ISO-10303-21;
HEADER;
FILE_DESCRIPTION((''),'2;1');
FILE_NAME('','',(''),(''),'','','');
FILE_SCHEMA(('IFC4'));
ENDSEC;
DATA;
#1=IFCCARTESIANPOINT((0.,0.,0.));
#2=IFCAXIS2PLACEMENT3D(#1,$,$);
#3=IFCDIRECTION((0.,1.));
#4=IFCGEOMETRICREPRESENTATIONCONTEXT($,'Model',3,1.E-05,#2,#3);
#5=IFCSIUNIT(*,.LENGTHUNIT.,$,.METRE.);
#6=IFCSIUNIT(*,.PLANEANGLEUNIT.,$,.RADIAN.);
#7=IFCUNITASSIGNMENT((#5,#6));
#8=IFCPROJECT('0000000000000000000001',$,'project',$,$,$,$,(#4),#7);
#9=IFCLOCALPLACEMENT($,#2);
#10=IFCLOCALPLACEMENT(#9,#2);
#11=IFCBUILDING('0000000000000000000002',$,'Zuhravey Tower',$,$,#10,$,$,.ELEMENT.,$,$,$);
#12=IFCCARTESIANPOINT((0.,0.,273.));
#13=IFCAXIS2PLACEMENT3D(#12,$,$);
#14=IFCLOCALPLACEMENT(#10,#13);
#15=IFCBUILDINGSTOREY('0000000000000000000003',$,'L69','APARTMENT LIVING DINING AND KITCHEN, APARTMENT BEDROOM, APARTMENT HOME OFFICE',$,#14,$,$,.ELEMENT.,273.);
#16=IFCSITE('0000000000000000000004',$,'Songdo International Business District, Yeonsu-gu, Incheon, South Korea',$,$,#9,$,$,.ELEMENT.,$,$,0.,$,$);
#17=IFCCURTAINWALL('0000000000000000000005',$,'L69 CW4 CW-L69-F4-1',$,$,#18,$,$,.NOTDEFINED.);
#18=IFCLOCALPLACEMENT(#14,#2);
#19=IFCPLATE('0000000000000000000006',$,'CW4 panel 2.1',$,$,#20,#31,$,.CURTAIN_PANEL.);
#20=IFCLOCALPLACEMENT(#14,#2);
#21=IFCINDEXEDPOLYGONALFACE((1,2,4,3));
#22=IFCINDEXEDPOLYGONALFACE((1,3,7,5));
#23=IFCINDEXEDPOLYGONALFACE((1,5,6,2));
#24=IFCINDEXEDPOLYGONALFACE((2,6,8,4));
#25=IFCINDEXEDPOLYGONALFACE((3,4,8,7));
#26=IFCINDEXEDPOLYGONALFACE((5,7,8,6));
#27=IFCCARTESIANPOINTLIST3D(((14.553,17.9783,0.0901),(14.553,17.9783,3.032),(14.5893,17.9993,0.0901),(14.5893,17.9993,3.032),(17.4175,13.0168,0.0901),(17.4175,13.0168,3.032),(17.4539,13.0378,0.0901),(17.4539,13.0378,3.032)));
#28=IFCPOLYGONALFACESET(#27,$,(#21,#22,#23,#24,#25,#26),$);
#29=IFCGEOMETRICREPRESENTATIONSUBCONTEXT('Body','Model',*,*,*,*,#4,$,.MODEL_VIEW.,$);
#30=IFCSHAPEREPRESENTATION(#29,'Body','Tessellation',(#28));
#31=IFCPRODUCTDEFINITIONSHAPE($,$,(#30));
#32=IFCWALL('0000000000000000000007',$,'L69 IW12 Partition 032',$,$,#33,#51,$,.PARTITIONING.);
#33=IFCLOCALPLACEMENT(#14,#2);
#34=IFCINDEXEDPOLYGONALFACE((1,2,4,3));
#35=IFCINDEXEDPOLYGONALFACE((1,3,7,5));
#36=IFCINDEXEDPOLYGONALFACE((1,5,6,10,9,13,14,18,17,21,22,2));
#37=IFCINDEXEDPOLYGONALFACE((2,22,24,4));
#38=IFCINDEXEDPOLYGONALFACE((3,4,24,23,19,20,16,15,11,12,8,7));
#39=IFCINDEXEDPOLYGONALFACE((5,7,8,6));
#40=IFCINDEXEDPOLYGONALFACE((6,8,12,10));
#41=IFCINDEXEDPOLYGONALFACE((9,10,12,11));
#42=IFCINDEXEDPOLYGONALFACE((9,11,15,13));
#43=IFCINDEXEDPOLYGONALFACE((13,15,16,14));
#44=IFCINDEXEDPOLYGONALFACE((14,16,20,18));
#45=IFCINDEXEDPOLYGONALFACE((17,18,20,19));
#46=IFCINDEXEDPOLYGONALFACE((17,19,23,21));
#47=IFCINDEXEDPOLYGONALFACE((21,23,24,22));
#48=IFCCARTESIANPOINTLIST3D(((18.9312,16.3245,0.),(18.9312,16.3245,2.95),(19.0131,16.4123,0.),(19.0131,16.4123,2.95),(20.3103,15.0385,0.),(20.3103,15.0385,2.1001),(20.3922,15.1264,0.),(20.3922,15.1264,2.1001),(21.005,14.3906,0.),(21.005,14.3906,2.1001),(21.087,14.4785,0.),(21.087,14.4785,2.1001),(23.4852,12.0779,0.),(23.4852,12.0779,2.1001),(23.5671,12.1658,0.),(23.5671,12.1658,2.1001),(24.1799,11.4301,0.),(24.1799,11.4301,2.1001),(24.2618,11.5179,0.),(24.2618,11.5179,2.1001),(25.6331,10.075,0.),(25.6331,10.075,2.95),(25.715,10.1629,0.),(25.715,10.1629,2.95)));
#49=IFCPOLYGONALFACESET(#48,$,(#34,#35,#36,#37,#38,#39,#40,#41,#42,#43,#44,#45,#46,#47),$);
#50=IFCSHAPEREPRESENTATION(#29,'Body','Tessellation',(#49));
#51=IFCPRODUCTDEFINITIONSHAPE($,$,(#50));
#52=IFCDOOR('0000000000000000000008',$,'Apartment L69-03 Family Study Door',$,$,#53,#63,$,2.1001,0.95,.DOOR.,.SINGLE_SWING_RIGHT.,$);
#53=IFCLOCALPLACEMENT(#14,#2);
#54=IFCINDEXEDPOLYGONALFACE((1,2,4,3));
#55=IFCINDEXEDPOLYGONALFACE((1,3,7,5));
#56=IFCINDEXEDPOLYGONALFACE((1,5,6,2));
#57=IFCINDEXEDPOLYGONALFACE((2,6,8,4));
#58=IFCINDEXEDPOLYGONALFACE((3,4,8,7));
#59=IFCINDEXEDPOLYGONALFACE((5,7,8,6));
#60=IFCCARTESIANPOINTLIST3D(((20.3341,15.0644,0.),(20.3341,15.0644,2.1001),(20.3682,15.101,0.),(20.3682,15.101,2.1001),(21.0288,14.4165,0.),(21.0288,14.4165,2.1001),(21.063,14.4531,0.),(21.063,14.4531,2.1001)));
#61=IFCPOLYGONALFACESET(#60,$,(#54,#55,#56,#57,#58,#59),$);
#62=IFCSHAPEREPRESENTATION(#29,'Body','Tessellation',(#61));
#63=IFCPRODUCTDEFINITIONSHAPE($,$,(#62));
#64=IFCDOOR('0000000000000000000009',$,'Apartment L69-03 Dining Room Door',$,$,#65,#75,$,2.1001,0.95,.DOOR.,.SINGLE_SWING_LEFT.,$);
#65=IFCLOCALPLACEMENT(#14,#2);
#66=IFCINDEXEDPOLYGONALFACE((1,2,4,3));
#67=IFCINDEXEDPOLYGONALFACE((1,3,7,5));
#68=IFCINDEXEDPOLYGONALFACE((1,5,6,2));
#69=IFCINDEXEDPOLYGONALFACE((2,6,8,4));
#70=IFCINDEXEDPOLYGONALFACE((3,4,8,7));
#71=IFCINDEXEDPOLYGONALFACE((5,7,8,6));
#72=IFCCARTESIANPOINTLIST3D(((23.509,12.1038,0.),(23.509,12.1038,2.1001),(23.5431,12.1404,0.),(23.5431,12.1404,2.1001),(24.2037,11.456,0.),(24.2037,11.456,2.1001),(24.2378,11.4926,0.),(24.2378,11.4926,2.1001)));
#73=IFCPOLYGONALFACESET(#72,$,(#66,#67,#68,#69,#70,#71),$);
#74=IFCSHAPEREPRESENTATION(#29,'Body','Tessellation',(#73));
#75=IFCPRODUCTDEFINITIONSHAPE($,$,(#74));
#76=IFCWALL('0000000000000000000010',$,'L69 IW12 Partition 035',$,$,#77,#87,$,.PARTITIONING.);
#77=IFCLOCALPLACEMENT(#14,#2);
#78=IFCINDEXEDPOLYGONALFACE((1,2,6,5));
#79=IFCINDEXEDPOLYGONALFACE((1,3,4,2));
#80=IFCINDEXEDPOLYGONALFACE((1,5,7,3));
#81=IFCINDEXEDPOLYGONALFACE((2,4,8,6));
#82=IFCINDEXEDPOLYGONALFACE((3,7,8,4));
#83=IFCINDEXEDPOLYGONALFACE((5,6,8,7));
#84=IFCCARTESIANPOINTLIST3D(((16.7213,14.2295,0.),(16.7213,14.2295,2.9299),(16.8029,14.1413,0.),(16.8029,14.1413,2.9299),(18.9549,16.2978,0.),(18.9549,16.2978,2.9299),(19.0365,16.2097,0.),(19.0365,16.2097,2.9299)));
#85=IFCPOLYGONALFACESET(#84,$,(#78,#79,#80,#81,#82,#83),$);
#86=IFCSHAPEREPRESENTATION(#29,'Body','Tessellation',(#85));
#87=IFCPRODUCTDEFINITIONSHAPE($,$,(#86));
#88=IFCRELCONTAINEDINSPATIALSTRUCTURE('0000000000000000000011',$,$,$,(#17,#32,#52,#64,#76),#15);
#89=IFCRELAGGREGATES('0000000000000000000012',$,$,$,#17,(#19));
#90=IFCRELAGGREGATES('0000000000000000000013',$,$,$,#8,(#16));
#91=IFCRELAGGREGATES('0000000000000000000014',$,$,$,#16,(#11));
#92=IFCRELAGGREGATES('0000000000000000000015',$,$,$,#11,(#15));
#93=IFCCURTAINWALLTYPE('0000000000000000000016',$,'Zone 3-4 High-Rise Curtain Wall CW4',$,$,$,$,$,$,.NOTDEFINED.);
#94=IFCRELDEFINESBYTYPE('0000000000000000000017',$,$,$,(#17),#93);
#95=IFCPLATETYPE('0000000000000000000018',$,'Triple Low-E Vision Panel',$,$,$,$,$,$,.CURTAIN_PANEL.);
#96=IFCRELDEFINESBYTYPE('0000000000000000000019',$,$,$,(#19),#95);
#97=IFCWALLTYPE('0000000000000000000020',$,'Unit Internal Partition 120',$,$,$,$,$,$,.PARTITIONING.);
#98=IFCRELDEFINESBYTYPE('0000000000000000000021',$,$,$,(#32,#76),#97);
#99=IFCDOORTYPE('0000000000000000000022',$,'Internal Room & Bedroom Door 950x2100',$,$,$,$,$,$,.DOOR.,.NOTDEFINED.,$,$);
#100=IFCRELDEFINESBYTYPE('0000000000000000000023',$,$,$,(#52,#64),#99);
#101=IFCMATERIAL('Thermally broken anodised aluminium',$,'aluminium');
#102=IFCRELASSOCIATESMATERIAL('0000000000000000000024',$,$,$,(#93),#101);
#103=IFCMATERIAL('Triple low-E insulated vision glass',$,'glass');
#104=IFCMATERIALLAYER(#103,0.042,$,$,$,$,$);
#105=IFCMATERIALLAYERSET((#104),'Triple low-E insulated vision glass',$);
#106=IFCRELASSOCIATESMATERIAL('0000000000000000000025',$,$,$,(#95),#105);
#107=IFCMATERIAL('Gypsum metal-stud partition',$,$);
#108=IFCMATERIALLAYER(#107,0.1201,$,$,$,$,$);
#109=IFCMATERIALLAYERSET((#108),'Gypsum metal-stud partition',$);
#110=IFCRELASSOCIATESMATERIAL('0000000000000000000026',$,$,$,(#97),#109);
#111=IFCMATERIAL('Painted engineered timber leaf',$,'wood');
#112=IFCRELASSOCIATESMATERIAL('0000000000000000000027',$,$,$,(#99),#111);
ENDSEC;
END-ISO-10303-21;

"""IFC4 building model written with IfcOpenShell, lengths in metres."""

from ifc_helpers import new_model, si_unit, direction, frame, frame_2d, origin, origin_2d, place, context, subcontext, project, spatial, rectangle, extrude, material, layer, layer_set, type_object, element, fill, aggregate, save


model = new_model("IFC4")

# Units and contexts
model_context = context("Model", 3, precision=1e-05, world=origin(), true_north=direction((0.0, 1.0)))
body_context = subcontext(model_context, "Body", "Model", "MODEL_VIEW")
ifc_project = project(units=[si_unit("LENGTHUNIT", "METRE"), si_unit("PLANEANGLEUNIT", "RADIAN")], contexts=[model_context])

# Site, building, storey
site_placement = place(None, origin())
site = spatial("IfcSite", under=ifc_project, at=site_placement, Name="Songdo International Business District, Yeonsu-gu, Incheon, South Korea", CompositionType="ELEMENT", RefElevation=0.0)
building_placement = place(site_placement, origin())
building = spatial("IfcBuilding", under=site, at=building_placement, Name="Zuhravey Tower", CompositionType="ELEMENT")
storey_placement = place(building_placement, frame((0.0, 0.0, 273.0)))
storey = spatial("IfcBuildingStorey", under=building, at=storey_placement, Name="L69", Description="APARTMENT LIVING DINING AND KITCHEN, APARTMENT BEDROOM, APARTMENT HOME OFFICE", CompositionType="ELEMENT", Elevation=273.0)

# Curtain wall
ifc_material_1 = material(Name="Thermally broken anodised aluminium", Category="aluminium")
curtain_wall_type = type_object("IfcCurtainWallType", Name="Zone 3-4 High-Rise Curtain Wall CW4", PredefinedType="NOTDEFINED", material=ifc_material_1)
curtain_wall_placement = place(storey_placement, origin())
curtain_wall = element("IfcCurtainWall", 1, at=curtain_wall_placement, inside=storey, type_object=curtain_wall_type, Name="L69 CW4 CW-L69-F4-1", PredefinedType="NOTDEFINED")

# Plate
ifc_material_2 = material(Name="Triple low-E insulated vision glass", Category="glass")
ifc_layer_1 = layer(ifc_material_2, 0.042)
ifc_layer_set_1 = layer_set([ifc_layer_1], Name="Triple low-E insulated vision glass")
plate_type = type_object("IfcPlateType", Name="Triple Low-E Vision Panel", PredefinedType="CURTAIN_PANEL", material=ifc_layer_set_1)
plate_1_placement = place(storey_placement, frame((16.0034, 15.5081, 0.0901), z_axis=(0.0, 0.0, 1.0), x_axis=(-0.500003, 0.866024, 0.0)))
plate_1 = element("IfcPlate", 2, at=plate_1_placement, type_object=plate_type, Name="CW4 panel 2.1", PredefinedType="CURTAIN_PANEL", context=body_context, shape_type="SweptSolid", body=[
    extrude(rectangle(XDim=5.729, YDim=0.042, at=origin_2d()), origin(), (0.0, 0.0, 1.0), 2.9419),
])
aggregate(curtain_wall, [plate_1])

# Wall, openings, doors
ifc_material_3 = material(Name="Gypsum metal-stud partition")
ifc_layer_2 = layer(ifc_material_3, 0.1201)
ifc_layer_set_2 = layer_set([ifc_layer_2], Name="Gypsum metal-stud partition")
wall_type = type_object("IfcWallType", Name="Unit Internal Partition 120", PredefinedType="PARTITIONING", material=ifc_layer_set_2)
wall_1_placement = place(storey_placement, frame((18.9722, 16.3684, 0.0), z_axis=(0.0, 0.0, 1.0), x_axis=(0.73136, -0.681992, 0.0)))
wall_1 = element("IfcWall", 3, at=wall_1_placement, inside=storey, type_object=wall_type, Name="L69 IW12 Partition 032", PredefinedType="PARTITIONING", context=body_context, shape_type="SweptSolid", body=[
    extrude(rectangle(XDim=9.1636, YDim=0.1201, at=frame_2d((4.5818, 0.0))), origin(), (0.0, 0.0, 1.0), 2.95),
])
opening_1_placement = place(wall_1_placement, frame((1.8855, 0.0, 0.0)))
opening_1 = element("IfcOpeningElement", 4, at=opening_1_placement, cuts=wall_1, PredefinedType="OPENING", context=body_context, shape_type="SweptSolid", body=[
    extrude(rectangle(XDim=0.95, YDim=2.1001, at=frame_2d((0.4751, 1.05))), frame((0.0, 0.072, 0.0), z_axis=(0.0, -1.0, 0.0), x_axis=(1.0, 0.0, 0.0)), (0.0, 0.0, 1.0), 0.144),
])
opening_2_placement = place(wall_1_placement, frame((6.2266, 0.0, 0.0)))
opening_2 = element("IfcOpeningElement", 5, at=opening_2_placement, cuts=wall_1, PredefinedType="OPENING", context=body_context, shape_type="SweptSolid", body=[
    extrude(rectangle(XDim=0.95, YDim=2.1001, at=frame_2d((0.4751, 1.05))), frame((0.0, 0.072, 0.0), z_axis=(0.0, -1.0, 0.0), x_axis=(1.0, 0.0, 0.0)), (0.0, 0.0, 1.0), 0.144),
])
ifc_material_4 = material(Name="Painted engineered timber leaf", Category="wood")
door_type = type_object("IfcDoorType", Name="Internal Room & Bedroom Door 950x2100", OperationType="NOTDEFINED", PredefinedType="DOOR", material=ifc_material_4)
door_1_placement = place(opening_1_placement, frame((0.95, 0.0, 0.0), z_axis=(0.0, 0.0, 1.0), x_axis=(-1.0, 0.0, 0.0)))
door_1 = element("IfcDoor", 6, at=door_1_placement, inside=storey, type_object=door_type, Name="Apartment L69-03 Family Study Door", OperationType="SINGLE_SWING_RIGHT", OverallHeight=2.1001, OverallWidth=0.95, PredefinedType="DOOR", context=body_context, shape_type="SweptSolid", body=[
    extrude(rectangle(XDim=0.95, YDim=2.1001, at=frame_2d((0.4751, 1.05))), frame((0.0, 0.0249, 0.0), z_axis=(0.0, -1.0, 0.0), x_axis=(1.0, 0.0, 0.0)), (0.0, 0.0, 1.0), 0.05),
])
fill(opening_1, door_1)
door_2_placement = place(opening_2_placement, frame((0.95, 0.0, 0.0), z_axis=(0.0, 0.0, 1.0), x_axis=(-1.0, 0.0, 0.0)))
door_2 = element("IfcDoor", 7, at=door_2_placement, inside=storey, type_object=door_type, Name="Apartment L69-03 Dining Room Door", OperationType="SINGLE_SWING_LEFT", OverallHeight=2.1001, OverallWidth=0.95, PredefinedType="DOOR", context=body_context, shape_type="SweptSolid", body=[
    extrude(rectangle(XDim=0.95, YDim=2.1001, at=frame_2d((0.4751, 1.05))), frame((0.0, 0.0249, 0.0), z_axis=(0.0, -1.0, 0.0), x_axis=(1.0, 0.0, 0.0)), (0.0, 0.0, 1.0), 0.05),
])
fill(opening_2, door_2)

# Wall
wall_2_placement = place(storey_placement, frame((18.9956, 16.2537, 0.0), z_axis=(0.0, 0.0, 1.0), x_axis=(-0.733733, -0.679438, 0.0)))
element("IfcWall", 8, at=wall_2_placement, inside=storey, type_object=wall_type, Name="L69 IW12 Partition 035", PredefinedType="PARTITIONING", context=body_context, shape_type="SweptSolid", body=[
    extrude(rectangle(XDim=3.0442, YDim=0.1201, at=frame_2d((1.522, 0.0))), origin(), (0.0, 0.0, 1.0), 2.9299),
])

save(model, "model.ifc")
